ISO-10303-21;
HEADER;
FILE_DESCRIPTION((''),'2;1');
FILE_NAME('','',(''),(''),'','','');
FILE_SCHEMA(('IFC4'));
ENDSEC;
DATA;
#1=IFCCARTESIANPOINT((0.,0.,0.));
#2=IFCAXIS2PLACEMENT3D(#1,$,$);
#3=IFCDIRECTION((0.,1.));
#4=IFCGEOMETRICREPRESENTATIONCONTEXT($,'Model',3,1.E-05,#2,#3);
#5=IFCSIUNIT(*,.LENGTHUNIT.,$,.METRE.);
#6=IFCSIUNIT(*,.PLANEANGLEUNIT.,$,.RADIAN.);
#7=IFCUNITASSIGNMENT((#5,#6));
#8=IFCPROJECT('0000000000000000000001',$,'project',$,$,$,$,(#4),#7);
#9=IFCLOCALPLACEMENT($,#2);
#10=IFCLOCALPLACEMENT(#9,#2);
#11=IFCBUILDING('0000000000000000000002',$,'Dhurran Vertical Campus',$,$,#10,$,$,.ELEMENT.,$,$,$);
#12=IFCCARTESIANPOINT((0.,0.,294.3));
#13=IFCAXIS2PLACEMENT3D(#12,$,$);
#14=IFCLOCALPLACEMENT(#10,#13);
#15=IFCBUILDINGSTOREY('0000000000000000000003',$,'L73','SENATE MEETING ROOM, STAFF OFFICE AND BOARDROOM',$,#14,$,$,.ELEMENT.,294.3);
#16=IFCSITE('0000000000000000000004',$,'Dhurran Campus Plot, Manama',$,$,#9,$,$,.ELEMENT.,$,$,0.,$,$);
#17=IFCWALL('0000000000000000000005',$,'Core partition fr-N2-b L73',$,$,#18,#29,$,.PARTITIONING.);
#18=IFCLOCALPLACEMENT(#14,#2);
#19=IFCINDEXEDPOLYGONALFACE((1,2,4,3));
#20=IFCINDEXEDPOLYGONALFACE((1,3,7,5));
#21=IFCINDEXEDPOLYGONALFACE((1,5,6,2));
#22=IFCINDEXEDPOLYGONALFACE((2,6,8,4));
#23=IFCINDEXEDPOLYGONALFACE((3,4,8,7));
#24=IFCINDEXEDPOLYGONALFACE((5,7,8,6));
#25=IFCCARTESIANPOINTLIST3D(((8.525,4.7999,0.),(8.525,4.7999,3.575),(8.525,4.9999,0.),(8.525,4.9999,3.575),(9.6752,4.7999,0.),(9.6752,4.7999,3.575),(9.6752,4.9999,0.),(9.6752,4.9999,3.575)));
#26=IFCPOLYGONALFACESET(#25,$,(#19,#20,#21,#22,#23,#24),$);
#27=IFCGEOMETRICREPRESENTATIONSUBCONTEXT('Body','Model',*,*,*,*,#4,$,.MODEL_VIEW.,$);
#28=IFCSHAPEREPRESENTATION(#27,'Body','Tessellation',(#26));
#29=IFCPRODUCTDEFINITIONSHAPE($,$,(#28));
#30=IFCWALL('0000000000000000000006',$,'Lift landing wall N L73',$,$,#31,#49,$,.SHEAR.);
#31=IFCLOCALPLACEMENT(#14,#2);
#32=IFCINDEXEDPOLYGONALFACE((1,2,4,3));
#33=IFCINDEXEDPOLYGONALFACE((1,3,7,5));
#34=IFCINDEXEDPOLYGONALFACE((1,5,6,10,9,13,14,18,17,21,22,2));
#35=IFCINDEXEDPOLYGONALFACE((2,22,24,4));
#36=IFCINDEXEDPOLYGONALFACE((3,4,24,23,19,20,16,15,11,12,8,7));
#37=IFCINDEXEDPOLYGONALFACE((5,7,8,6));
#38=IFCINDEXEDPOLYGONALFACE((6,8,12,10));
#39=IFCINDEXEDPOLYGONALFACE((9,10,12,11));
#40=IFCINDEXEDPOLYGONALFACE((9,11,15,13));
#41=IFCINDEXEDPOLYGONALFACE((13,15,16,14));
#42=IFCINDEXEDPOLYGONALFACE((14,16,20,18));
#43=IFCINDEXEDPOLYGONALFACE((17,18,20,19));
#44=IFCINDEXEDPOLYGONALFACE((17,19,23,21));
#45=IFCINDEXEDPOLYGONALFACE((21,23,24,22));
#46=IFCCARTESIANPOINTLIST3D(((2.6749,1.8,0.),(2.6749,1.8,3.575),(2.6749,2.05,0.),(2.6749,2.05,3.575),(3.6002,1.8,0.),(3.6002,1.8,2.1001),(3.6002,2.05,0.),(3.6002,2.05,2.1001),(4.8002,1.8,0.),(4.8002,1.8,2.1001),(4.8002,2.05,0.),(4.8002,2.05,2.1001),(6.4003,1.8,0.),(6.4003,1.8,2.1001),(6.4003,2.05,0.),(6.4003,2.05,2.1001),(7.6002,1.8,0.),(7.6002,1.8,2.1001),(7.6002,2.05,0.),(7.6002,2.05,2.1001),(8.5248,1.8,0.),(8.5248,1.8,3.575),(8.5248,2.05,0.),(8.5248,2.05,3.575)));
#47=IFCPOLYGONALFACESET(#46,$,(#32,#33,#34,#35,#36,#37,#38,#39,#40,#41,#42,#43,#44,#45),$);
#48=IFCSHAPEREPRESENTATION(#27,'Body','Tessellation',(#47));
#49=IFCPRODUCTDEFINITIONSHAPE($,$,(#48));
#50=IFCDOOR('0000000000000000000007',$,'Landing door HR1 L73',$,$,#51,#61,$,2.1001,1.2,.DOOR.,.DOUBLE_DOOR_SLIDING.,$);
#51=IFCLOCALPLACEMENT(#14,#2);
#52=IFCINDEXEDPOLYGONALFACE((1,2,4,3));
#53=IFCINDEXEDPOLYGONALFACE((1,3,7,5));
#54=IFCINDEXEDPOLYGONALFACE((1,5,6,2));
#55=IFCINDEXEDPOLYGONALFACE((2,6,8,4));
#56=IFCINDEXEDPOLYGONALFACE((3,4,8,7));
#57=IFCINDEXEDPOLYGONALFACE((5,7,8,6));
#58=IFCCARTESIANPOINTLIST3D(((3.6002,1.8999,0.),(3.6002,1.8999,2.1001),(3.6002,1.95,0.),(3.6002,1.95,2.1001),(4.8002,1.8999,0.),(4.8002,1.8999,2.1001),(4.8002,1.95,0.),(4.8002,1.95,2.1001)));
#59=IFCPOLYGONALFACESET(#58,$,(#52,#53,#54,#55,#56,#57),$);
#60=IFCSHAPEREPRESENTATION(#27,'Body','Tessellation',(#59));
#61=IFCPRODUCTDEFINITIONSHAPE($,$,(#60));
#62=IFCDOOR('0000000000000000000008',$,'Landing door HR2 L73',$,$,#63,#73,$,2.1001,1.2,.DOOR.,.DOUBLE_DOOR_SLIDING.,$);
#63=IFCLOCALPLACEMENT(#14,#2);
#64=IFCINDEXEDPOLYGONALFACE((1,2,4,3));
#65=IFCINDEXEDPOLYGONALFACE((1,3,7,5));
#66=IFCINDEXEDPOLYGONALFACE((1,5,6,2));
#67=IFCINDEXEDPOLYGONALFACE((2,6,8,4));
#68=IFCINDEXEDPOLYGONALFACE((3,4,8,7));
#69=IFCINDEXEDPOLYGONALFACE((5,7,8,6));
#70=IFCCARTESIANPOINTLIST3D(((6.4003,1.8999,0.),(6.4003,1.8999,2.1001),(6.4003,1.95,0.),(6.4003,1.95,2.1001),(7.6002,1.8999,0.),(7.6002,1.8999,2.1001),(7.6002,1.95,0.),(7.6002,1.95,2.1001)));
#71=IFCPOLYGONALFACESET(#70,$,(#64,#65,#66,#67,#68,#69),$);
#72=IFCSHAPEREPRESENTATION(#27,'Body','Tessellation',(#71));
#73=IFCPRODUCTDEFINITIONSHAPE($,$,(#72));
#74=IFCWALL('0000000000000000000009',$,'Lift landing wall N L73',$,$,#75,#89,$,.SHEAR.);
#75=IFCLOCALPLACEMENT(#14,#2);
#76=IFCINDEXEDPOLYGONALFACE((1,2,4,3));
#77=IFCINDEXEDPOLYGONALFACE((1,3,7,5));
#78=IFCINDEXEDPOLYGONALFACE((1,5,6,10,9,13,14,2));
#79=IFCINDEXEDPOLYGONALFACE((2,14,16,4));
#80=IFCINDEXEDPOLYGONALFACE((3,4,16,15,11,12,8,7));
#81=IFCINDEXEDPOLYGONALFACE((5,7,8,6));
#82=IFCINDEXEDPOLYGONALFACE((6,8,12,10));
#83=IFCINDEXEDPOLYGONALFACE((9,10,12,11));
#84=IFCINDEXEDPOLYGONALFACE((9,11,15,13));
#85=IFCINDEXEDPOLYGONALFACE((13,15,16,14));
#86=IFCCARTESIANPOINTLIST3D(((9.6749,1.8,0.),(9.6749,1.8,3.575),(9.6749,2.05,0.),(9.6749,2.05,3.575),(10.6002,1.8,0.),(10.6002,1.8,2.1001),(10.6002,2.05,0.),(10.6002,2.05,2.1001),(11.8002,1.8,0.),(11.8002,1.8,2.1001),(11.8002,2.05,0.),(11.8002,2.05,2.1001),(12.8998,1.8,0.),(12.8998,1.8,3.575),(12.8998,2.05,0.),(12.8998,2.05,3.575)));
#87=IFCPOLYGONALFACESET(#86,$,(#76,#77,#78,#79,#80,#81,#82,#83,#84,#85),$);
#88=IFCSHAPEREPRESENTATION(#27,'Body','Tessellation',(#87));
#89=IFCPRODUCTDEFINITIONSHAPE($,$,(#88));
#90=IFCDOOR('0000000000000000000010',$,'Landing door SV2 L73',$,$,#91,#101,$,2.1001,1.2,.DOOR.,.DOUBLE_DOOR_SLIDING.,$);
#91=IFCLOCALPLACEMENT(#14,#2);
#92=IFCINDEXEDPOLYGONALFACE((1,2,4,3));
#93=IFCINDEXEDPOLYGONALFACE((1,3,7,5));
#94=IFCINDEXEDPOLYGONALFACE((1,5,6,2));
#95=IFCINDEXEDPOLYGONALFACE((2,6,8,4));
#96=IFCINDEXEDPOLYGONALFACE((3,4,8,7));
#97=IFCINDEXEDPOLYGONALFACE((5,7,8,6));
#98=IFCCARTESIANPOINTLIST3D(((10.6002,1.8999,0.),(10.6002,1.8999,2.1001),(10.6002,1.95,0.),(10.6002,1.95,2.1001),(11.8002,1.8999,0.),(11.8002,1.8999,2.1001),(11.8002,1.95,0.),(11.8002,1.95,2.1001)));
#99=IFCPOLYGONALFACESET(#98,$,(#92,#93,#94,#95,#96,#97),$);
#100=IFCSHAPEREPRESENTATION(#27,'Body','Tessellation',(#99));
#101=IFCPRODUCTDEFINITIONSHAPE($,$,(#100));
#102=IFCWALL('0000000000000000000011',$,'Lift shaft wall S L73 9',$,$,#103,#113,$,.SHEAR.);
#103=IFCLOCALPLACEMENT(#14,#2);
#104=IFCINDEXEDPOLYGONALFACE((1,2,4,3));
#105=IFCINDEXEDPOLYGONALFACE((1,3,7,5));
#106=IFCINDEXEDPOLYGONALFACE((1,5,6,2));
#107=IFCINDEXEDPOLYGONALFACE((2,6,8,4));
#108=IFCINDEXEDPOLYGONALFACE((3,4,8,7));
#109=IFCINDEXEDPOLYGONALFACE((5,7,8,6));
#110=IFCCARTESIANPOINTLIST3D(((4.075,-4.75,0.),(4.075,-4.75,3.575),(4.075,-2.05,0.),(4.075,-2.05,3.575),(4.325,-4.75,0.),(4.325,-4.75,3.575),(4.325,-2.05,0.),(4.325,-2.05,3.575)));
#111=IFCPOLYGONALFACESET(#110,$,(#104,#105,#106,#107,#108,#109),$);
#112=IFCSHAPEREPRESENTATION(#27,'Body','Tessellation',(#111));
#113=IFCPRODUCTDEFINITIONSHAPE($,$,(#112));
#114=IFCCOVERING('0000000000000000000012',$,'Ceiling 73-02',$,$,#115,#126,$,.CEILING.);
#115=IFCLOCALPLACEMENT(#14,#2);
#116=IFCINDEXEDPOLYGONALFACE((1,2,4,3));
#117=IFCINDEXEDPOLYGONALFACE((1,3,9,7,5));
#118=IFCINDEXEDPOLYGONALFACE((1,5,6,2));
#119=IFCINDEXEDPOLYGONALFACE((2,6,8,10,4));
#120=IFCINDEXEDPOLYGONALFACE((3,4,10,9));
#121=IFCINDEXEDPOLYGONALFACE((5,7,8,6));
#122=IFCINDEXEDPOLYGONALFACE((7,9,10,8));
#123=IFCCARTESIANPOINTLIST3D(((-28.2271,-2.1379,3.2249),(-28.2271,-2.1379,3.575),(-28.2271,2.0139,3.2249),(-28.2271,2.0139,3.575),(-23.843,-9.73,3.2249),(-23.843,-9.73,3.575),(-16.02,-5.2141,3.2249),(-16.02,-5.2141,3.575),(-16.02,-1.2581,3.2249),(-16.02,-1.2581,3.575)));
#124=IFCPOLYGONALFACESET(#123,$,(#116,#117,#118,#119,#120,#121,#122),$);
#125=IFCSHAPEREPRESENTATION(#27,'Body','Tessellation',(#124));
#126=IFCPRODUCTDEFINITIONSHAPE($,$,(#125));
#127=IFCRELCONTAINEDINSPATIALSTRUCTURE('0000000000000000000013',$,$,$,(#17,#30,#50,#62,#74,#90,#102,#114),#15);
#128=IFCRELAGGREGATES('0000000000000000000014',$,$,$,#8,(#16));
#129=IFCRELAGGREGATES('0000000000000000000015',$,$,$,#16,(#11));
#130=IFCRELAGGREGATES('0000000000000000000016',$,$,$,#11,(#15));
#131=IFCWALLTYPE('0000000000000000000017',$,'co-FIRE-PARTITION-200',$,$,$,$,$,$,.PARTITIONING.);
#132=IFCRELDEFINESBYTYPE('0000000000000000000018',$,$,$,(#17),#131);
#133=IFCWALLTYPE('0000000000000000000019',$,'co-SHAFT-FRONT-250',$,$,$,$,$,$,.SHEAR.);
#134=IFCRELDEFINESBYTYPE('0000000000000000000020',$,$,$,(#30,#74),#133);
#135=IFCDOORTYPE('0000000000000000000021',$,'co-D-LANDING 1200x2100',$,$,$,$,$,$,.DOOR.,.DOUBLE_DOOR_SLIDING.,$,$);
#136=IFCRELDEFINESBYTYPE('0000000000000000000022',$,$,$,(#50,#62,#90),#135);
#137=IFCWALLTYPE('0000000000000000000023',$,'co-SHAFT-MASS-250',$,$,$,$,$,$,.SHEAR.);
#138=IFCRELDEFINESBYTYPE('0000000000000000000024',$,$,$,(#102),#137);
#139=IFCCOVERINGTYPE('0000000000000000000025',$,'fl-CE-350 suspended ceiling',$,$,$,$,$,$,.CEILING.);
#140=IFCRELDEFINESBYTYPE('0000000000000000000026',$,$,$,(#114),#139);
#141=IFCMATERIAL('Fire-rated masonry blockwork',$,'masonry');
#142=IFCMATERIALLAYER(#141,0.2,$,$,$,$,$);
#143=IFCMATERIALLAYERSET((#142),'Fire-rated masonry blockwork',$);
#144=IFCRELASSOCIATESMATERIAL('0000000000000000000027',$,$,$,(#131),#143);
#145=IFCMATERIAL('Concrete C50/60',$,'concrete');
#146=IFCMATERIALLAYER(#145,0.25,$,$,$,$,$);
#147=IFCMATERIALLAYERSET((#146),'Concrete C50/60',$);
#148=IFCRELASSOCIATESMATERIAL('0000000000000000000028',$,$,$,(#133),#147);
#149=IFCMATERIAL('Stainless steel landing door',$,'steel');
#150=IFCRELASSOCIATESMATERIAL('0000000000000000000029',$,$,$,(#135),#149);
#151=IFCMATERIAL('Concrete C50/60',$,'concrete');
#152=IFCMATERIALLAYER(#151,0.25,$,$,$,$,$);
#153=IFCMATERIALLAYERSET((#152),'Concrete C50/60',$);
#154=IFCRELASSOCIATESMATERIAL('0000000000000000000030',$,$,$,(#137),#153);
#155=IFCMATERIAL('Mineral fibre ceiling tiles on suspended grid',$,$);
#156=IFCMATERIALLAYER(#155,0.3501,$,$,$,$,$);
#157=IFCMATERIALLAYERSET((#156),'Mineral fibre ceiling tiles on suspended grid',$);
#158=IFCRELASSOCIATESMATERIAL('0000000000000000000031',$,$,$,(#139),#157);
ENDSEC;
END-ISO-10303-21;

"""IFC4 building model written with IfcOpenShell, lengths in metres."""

from ifc_helpers import new_model, si_unit, direction, frame, frame_2d, origin, place, context, subcontext, project, spatial, polyline, rectangle, outline, extrude, material, layer, layer_set, type_object, element, fill, save


model = new_model("IFC4")

# Units and contexts
model_context = context("Model", 3, precision=1e-05, world=origin(), true_north=direction((0.0, 1.0)))
body_context = subcontext(model_context, "Body", "Model", "MODEL_VIEW")
ifc_project = project(units=[si_unit("LENGTHUNIT", "METRE"), si_unit("PLANEANGLEUNIT", "RADIAN")], contexts=[model_context])

# Site, building, storey
site_placement = place(None, origin())
site = spatial("IfcSite", under=ifc_project, at=site_placement, Name="Dhurran Campus Plot, Manama", CompositionType="ELEMENT", RefElevation=0.0)
building_placement = place(site_placement, origin())
building = spatial("IfcBuilding", under=site, at=building_placement, Name="Dhurran Vertical Campus", CompositionType="ELEMENT")
storey_placement = place(building_placement, frame((0.0, 0.0, 294.3)))
storey = spatial("IfcBuildingStorey", under=building, at=storey_placement, Name="L73", Description="SENATE MEETING ROOM, STAFF OFFICE AND BOARDROOM", CompositionType="ELEMENT", Elevation=294.3)

# Shared definitions
ifc_material_1 = material(Name="Fire-rated masonry blockwork", Category="masonry")
ifc_layer_1 = layer(ifc_material_1, 0.2)
ifc_layer_set_1 = layer_set([ifc_layer_1], Name="Fire-rated masonry blockwork")
wall_type_1 = type_object("IfcWallType", Name="co-FIRE-PARTITION-200", PredefinedType="PARTITIONING", material=ifc_layer_set_1)

# Wall
wall_1_placement = place(storey_placement, frame((8.5249, 4.8999, 0.0), z_axis=(0.0, 0.0, 1.0), x_axis=(1.0, 0.0, 0.0)))
element("IfcWall", 1, at=wall_1_placement, inside=storey, type_object=wall_type_1, Name="Core partition fr-N2-b L73", PredefinedType="PARTITIONING", context=body_context, shape_type="SweptSolid", body=[
    extrude(rectangle(XDim=1.1501, YDim=0.2, at=frame_2d((0.5752, 0.0))), origin(), (0.0, 0.0, 1.0), 3.575),
])

# Wall, openings, doors
ifc_material_2 = material(Name="Concrete C50/60", Category="concrete")
ifc_layer_2 = layer(ifc_material_2, 0.25)
ifc_layer_set_2 = layer_set([ifc_layer_2], Name="Concrete C50/60")
wall_type_2 = type_object("IfcWallType", Name="co-SHAFT-FRONT-250", PredefinedType="SHEAR", material=ifc_layer_set_2)
wall_2_placement = place(storey_placement, frame((2.675, 1.925, 0.0), z_axis=(0.0, 0.0, 1.0), x_axis=(1.0, 0.0, 0.0)))
wall_2 = element("IfcWall", 2, at=wall_2_placement, inside=storey, type_object=wall_type_2, Name="Lift landing wall N L73", PredefinedType="SHEAR", context=body_context, shape_type="SweptSolid", body=[
    extrude(rectangle(XDim=5.8499, YDim=0.25, at=frame_2d((2.9248, 0.0))), origin(), (0.0, 0.0, 1.0), 3.575),
])
opening_1_placement = place(wall_2_placement, frame((0.925, 0.0, 0.0)))
opening_1 = element("IfcOpeningElement", 3, at=opening_1_placement, cuts=wall_2, PredefinedType="OPENING", context=body_context, shape_type="SweptSolid", body=[
    extrude(rectangle(XDim=1.2, YDim=2.1001, at=frame_2d((0.6001, 1.05))), frame((0.0, 0.135, 0.0), z_axis=(0.0, -1.0, 0.0), x_axis=(1.0, 0.0, 0.0)), (0.0, 0.0, 1.0), 0.27),
])
opening_2_placement = place(wall_2_placement, frame((3.7251, 0.0, 0.0)))
opening_2 = element("IfcOpeningElement", 4, at=opening_2_placement, cuts=wall_2, PredefinedType="OPENING", context=body_context, shape_type="SweptSolid", body=[
    extrude(rectangle(XDim=1.2, YDim=2.1001, at=frame_2d((0.6001, 1.05))), frame((0.0, 0.135, 0.0), z_axis=(0.0, -1.0, 0.0), x_axis=(1.0, 0.0, 0.0)), (0.0, 0.0, 1.0), 0.27),
])
ifc_material_3 = material(Name="Stainless steel landing door", Category="steel")
door_type_1 = type_object("IfcDoorType", Name="co-D-LANDING 1200x2100", OperationType="DOUBLE_DOOR_SLIDING", PredefinedType="DOOR", material=ifc_material_3)
door_1_placement = place(opening_1_placement, origin())
door_1 = element("IfcDoor", 5, at=door_1_placement, inside=storey, type_object=door_type_1, Name="Landing door HR1 L73", OperationType="DOUBLE_DOOR_SLIDING", OverallHeight=2.1001, OverallWidth=1.2, PredefinedType="DOOR", context=body_context, shape_type="SweptSolid", body=[
    extrude(rectangle(XDim=1.2, YDim=2.1001, at=frame_2d((0.6001, 1.05))), frame((0.0, 0.0249, 0.0), z_axis=(0.0, -1.0, 0.0), x_axis=(1.0, 0.0, 0.0)), (0.0, 0.0, 1.0), 0.05),
])
fill(opening_1, door_1)
door_2_placement = place(opening_2_placement, origin())
door_2 = element("IfcDoor", 6, at=door_2_placement, inside=storey, type_object=door_type_1, Name="Landing door HR2 L73", OperationType="DOUBLE_DOOR_SLIDING", OverallHeight=2.1001, OverallWidth=1.2, PredefinedType="DOOR", context=body_context, shape_type="SweptSolid", body=[
    extrude(rectangle(XDim=1.2, YDim=2.1001, at=frame_2d((0.6001, 1.05))), frame((0.0, 0.0249, 0.0), z_axis=(0.0, -1.0, 0.0), x_axis=(1.0, 0.0, 0.0)), (0.0, 0.0, 1.0), 0.05),
])
fill(opening_2, door_2)

# Wall, opening, door
wall_3_placement = place(storey_placement, frame((9.675, 1.925, 0.0), z_axis=(0.0, 0.0, 1.0), x_axis=(1.0, 0.0, 0.0)))
wall_3 = element("IfcWall", 7, at=wall_3_placement, inside=storey, type_object=wall_type_2, Name="Lift landing wall N L73", PredefinedType="SHEAR", context=body_context, shape_type="SweptSolid", body=[
    extrude(rectangle(XDim=3.2249, YDim=0.25, at=frame_2d((1.6123, 0.0))), origin(), (0.0, 0.0, 1.0), 3.575),
])
opening_3_placement = place(wall_3_placement, frame((0.925, 0.0, 0.0)))
opening_3 = element("IfcOpeningElement", 8, at=opening_3_placement, cuts=wall_3, PredefinedType="OPENING", context=body_context, shape_type="SweptSolid", body=[
    extrude(rectangle(XDim=1.2, YDim=2.1001, at=frame_2d((0.6001, 1.05))), frame((0.0, 0.135, 0.0), z_axis=(0.0, -1.0, 0.0), x_axis=(1.0, 0.0, 0.0)), (0.0, 0.0, 1.0), 0.27),
])
door_3_placement = place(opening_3_placement, origin())
door_3 = element("IfcDoor", 9, at=door_3_placement, inside=storey, type_object=door_type_1, Name="Landing door SV2 L73", OperationType="DOUBLE_DOOR_SLIDING", OverallHeight=2.1001, OverallWidth=1.2, PredefinedType="DOOR", context=body_context, shape_type="SweptSolid", body=[
    extrude(rectangle(XDim=1.2, YDim=2.1001, at=frame_2d((0.6001, 1.05))), frame((0.0, 0.0249, 0.0), z_axis=(0.0, -1.0, 0.0), x_axis=(1.0, 0.0, 0.0)), (0.0, 0.0, 1.0), 0.05),
])
fill(opening_3, door_3)

# Wall
ifc_material_4 = material(Name="Concrete C50/60", Category="concrete")
ifc_layer_3 = layer(ifc_material_4, 0.25)
ifc_layer_set_3 = layer_set([ifc_layer_3], Name="Concrete C50/60")
wall_type_3 = type_object("IfcWallType", Name="co-SHAFT-MASS-250", PredefinedType="SHEAR", material=ifc_layer_set_3)
wall_4_placement = place(storey_placement, origin())
element("IfcWall", 10, at=wall_4_placement, inside=storey, type_object=wall_type_3, Name="Lift shaft wall S L73 9", PredefinedType="SHEAR", context=body_context, shape_type="SweptSolid", body=[
    extrude(outline(polyline([(4.075, -4.75), (4.325, -4.75), (4.325, -2.05), (4.075, -2.05), (4.075, -4.75)])), origin(), (0.0, 0.0, 1.0), 3.575),
])

# Covering
ifc_material_5 = material(Name="Mineral fibre ceiling tiles on suspended grid")
ifc_layer_4 = layer(ifc_material_5, 0.3501)
ifc_layer_set_4 = layer_set([ifc_layer_4], Name="Mineral fibre ceiling tiles on suspended grid")
covering_type = type_object("IfcCoveringType", Name="fl-CE-350 suspended ceiling", PredefinedType="CEILING", material=ifc_layer_set_4)
covering_placement = place(storey_placement, frame((0.0, 0.0, 3.2249)))
element("IfcCovering", 11, at=covering_placement, inside=storey, type_object=covering_type, Name="Ceiling 73-02", PredefinedType="CEILING", context=body_context, shape_type="SweptSolid", body=[
    extrude(outline(polyline([(-23.843, -9.73), (-28.2271, -2.1379), (-28.2271, 2.0139), (-16.02, -1.2581), (-16.02, -5.2141), (-23.843, -9.73)])), origin(), (0.0, 0.0, 1.0), 0.3501),
])

save(model, "model.ifc")
